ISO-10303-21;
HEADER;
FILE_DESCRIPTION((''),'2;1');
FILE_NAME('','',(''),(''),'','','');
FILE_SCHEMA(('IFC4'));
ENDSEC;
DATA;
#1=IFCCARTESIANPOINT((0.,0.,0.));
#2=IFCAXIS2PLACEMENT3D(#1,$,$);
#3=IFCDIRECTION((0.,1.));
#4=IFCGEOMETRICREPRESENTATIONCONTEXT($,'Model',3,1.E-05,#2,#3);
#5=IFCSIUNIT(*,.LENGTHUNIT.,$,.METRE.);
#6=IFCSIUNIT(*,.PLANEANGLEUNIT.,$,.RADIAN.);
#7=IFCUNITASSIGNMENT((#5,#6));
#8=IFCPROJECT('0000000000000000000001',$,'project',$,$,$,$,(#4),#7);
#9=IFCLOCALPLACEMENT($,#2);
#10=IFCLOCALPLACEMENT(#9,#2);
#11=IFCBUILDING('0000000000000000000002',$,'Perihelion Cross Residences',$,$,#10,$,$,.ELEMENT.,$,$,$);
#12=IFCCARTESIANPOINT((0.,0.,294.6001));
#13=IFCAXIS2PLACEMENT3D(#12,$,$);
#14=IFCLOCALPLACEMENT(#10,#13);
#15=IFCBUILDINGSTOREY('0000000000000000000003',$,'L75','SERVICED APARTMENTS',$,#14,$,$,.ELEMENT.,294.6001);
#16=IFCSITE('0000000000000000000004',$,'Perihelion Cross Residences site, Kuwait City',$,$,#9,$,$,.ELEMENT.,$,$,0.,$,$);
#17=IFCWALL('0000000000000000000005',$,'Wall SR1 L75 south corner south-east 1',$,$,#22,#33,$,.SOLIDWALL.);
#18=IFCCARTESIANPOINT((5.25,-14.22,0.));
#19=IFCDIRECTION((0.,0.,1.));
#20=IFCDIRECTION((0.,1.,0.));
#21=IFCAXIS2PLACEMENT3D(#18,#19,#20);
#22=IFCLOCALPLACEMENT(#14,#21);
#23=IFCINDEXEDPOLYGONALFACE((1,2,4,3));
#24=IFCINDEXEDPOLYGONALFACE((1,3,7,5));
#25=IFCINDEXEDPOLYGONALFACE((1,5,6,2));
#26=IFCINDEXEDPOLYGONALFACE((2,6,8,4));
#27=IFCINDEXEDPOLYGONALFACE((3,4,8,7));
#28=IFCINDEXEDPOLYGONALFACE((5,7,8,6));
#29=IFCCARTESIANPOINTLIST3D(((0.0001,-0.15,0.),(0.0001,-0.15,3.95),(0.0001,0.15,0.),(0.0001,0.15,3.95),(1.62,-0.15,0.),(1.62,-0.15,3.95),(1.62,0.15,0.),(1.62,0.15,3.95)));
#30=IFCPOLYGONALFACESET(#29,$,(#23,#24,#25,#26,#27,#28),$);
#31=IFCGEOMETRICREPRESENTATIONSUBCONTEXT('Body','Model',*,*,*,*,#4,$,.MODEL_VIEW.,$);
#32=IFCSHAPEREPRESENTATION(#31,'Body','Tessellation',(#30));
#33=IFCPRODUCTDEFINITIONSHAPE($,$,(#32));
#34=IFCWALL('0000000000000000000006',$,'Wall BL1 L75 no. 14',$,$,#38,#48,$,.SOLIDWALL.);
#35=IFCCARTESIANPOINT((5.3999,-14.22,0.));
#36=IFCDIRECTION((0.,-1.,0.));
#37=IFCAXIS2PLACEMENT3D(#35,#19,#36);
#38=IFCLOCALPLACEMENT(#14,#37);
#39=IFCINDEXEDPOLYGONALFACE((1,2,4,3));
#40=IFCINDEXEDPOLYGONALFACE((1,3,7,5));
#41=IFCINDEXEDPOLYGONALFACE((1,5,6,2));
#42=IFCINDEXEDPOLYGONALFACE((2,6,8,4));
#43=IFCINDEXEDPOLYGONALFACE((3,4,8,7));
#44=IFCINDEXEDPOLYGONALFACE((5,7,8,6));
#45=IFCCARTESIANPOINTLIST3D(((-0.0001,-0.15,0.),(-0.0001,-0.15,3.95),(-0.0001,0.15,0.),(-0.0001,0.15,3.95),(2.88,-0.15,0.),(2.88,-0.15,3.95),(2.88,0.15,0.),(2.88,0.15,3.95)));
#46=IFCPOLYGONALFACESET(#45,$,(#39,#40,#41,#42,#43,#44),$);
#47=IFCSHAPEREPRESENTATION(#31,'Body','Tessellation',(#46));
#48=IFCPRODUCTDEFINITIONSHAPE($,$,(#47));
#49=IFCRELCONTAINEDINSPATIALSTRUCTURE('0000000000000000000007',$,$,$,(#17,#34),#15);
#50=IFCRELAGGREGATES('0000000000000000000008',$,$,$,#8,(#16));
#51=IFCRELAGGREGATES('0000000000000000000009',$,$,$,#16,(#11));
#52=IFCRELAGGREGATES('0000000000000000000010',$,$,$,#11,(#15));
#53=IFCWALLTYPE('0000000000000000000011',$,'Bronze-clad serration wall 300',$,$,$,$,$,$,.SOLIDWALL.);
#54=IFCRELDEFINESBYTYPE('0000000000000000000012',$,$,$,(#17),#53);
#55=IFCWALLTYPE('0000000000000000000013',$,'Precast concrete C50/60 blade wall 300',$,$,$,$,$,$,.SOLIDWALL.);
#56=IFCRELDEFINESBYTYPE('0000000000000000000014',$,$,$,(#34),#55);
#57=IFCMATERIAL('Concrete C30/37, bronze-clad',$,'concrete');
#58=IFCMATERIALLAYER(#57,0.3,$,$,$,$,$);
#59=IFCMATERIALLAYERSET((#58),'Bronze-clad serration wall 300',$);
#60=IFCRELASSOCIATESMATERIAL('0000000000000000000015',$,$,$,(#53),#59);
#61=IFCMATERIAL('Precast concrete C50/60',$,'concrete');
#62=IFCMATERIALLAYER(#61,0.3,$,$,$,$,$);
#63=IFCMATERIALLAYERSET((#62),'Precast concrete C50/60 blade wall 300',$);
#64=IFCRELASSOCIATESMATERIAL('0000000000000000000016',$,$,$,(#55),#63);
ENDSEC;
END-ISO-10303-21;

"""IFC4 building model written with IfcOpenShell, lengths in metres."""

from ifc_helpers import new_model, si_unit, direction, frame, frame_2d, origin, place, context, subcontext, project, spatial, rectangle, extrude, material, layer, layer_set, type_object, element, save


model = new_model("IFC4")

# Units and contexts
model_context = context("Model", 3, precision=1e-05, world=origin(), true_north=direction((0.0, 1.0)))
body_context = subcontext(model_context, "Body", "Model", "MODEL_VIEW")
ifc_project = project(units=[si_unit("LENGTHUNIT", "METRE"), si_unit("PLANEANGLEUNIT", "RADIAN")], contexts=[model_context])

# Site, building, storey
site_placement = place(None, origin())
site = spatial("IfcSite", under=ifc_project, at=site_placement, Name="Perihelion Cross Residences site, Kuwait City", CompositionType="ELEMENT", RefElevation=0.0)
building_placement = place(site_placement, origin())
building = spatial("IfcBuilding", under=site, at=building_placement, Name="Perihelion Cross Residences", CompositionType="ELEMENT")
storey_placement = place(building_placement, frame((0.0, 0.0, 294.6001)))
storey = spatial("IfcBuildingStorey", under=building, at=storey_placement, Name="L75", Description="SERVICED APARTMENTS", CompositionType="ELEMENT", Elevation=294.6001)

# Walls
ifc_material_1 = material(Name="Concrete C30/37, bronze-clad", Category="concrete")
ifc_layer_1 = layer(ifc_material_1, 0.3)
ifc_layer_set_1 = layer_set([ifc_layer_1], Name="Bronze-clad serration wall 300")
wall_type_1 = type_object("IfcWallType", Name="Bronze-clad serration wall 300", PredefinedType="SOLIDWALL", material=ifc_layer_set_1)
wall_1_placement = place(storey_placement, frame((5.25, -14.22, 0.0), z_axis=(0.0, 0.0, 1.0), x_axis=(0.0, 1.0, 0.0)))
element("IfcWall", 1, at=wall_1_placement, inside=storey, type_object=wall_type_1, Name="Wall SR1 L75 south corner south-east 1", PredefinedType="SOLIDWALL", context=body_context, shape_type="SweptSolid", body=[
    extrude(rectangle(XDim=1.6199, YDim=0.3, at=frame_2d((0.8101, 0.0))), origin(), (0.0, 0.0, 1.0), 3.95),
])
ifc_material_2 = material(Name="Precast concrete C50/60", Category="concrete")
ifc_layer_2 = layer(ifc_material_2, 0.3)
ifc_layer_set_2 = layer_set([ifc_layer_2], Name="Precast concrete C50/60 blade wall 300")
wall_type_2 = type_object("IfcWallType", Name="Precast concrete C50/60 blade wall 300", PredefinedType="SOLIDWALL", material=ifc_layer_set_2)
wall_2_placement = place(storey_placement, frame((5.3999, -14.22, 0.0), z_axis=(0.0, 0.0, 1.0), x_axis=(0.0, -1.0, 0.0)))
element("IfcWall", 2, at=wall_2_placement, inside=storey, type_object=wall_type_2, Name="Wall BL1 L75 no. 14", PredefinedType="SOLIDWALL", context=body_context, shape_type="SweptSolid", body=[
    extrude(rectangle(XDim=2.8801, YDim=0.3, at=frame_2d((1.4399, 0.0))), origin(), (0.0, 0.0, 1.0), 3.95),
])

save(model, "model.ifc")
